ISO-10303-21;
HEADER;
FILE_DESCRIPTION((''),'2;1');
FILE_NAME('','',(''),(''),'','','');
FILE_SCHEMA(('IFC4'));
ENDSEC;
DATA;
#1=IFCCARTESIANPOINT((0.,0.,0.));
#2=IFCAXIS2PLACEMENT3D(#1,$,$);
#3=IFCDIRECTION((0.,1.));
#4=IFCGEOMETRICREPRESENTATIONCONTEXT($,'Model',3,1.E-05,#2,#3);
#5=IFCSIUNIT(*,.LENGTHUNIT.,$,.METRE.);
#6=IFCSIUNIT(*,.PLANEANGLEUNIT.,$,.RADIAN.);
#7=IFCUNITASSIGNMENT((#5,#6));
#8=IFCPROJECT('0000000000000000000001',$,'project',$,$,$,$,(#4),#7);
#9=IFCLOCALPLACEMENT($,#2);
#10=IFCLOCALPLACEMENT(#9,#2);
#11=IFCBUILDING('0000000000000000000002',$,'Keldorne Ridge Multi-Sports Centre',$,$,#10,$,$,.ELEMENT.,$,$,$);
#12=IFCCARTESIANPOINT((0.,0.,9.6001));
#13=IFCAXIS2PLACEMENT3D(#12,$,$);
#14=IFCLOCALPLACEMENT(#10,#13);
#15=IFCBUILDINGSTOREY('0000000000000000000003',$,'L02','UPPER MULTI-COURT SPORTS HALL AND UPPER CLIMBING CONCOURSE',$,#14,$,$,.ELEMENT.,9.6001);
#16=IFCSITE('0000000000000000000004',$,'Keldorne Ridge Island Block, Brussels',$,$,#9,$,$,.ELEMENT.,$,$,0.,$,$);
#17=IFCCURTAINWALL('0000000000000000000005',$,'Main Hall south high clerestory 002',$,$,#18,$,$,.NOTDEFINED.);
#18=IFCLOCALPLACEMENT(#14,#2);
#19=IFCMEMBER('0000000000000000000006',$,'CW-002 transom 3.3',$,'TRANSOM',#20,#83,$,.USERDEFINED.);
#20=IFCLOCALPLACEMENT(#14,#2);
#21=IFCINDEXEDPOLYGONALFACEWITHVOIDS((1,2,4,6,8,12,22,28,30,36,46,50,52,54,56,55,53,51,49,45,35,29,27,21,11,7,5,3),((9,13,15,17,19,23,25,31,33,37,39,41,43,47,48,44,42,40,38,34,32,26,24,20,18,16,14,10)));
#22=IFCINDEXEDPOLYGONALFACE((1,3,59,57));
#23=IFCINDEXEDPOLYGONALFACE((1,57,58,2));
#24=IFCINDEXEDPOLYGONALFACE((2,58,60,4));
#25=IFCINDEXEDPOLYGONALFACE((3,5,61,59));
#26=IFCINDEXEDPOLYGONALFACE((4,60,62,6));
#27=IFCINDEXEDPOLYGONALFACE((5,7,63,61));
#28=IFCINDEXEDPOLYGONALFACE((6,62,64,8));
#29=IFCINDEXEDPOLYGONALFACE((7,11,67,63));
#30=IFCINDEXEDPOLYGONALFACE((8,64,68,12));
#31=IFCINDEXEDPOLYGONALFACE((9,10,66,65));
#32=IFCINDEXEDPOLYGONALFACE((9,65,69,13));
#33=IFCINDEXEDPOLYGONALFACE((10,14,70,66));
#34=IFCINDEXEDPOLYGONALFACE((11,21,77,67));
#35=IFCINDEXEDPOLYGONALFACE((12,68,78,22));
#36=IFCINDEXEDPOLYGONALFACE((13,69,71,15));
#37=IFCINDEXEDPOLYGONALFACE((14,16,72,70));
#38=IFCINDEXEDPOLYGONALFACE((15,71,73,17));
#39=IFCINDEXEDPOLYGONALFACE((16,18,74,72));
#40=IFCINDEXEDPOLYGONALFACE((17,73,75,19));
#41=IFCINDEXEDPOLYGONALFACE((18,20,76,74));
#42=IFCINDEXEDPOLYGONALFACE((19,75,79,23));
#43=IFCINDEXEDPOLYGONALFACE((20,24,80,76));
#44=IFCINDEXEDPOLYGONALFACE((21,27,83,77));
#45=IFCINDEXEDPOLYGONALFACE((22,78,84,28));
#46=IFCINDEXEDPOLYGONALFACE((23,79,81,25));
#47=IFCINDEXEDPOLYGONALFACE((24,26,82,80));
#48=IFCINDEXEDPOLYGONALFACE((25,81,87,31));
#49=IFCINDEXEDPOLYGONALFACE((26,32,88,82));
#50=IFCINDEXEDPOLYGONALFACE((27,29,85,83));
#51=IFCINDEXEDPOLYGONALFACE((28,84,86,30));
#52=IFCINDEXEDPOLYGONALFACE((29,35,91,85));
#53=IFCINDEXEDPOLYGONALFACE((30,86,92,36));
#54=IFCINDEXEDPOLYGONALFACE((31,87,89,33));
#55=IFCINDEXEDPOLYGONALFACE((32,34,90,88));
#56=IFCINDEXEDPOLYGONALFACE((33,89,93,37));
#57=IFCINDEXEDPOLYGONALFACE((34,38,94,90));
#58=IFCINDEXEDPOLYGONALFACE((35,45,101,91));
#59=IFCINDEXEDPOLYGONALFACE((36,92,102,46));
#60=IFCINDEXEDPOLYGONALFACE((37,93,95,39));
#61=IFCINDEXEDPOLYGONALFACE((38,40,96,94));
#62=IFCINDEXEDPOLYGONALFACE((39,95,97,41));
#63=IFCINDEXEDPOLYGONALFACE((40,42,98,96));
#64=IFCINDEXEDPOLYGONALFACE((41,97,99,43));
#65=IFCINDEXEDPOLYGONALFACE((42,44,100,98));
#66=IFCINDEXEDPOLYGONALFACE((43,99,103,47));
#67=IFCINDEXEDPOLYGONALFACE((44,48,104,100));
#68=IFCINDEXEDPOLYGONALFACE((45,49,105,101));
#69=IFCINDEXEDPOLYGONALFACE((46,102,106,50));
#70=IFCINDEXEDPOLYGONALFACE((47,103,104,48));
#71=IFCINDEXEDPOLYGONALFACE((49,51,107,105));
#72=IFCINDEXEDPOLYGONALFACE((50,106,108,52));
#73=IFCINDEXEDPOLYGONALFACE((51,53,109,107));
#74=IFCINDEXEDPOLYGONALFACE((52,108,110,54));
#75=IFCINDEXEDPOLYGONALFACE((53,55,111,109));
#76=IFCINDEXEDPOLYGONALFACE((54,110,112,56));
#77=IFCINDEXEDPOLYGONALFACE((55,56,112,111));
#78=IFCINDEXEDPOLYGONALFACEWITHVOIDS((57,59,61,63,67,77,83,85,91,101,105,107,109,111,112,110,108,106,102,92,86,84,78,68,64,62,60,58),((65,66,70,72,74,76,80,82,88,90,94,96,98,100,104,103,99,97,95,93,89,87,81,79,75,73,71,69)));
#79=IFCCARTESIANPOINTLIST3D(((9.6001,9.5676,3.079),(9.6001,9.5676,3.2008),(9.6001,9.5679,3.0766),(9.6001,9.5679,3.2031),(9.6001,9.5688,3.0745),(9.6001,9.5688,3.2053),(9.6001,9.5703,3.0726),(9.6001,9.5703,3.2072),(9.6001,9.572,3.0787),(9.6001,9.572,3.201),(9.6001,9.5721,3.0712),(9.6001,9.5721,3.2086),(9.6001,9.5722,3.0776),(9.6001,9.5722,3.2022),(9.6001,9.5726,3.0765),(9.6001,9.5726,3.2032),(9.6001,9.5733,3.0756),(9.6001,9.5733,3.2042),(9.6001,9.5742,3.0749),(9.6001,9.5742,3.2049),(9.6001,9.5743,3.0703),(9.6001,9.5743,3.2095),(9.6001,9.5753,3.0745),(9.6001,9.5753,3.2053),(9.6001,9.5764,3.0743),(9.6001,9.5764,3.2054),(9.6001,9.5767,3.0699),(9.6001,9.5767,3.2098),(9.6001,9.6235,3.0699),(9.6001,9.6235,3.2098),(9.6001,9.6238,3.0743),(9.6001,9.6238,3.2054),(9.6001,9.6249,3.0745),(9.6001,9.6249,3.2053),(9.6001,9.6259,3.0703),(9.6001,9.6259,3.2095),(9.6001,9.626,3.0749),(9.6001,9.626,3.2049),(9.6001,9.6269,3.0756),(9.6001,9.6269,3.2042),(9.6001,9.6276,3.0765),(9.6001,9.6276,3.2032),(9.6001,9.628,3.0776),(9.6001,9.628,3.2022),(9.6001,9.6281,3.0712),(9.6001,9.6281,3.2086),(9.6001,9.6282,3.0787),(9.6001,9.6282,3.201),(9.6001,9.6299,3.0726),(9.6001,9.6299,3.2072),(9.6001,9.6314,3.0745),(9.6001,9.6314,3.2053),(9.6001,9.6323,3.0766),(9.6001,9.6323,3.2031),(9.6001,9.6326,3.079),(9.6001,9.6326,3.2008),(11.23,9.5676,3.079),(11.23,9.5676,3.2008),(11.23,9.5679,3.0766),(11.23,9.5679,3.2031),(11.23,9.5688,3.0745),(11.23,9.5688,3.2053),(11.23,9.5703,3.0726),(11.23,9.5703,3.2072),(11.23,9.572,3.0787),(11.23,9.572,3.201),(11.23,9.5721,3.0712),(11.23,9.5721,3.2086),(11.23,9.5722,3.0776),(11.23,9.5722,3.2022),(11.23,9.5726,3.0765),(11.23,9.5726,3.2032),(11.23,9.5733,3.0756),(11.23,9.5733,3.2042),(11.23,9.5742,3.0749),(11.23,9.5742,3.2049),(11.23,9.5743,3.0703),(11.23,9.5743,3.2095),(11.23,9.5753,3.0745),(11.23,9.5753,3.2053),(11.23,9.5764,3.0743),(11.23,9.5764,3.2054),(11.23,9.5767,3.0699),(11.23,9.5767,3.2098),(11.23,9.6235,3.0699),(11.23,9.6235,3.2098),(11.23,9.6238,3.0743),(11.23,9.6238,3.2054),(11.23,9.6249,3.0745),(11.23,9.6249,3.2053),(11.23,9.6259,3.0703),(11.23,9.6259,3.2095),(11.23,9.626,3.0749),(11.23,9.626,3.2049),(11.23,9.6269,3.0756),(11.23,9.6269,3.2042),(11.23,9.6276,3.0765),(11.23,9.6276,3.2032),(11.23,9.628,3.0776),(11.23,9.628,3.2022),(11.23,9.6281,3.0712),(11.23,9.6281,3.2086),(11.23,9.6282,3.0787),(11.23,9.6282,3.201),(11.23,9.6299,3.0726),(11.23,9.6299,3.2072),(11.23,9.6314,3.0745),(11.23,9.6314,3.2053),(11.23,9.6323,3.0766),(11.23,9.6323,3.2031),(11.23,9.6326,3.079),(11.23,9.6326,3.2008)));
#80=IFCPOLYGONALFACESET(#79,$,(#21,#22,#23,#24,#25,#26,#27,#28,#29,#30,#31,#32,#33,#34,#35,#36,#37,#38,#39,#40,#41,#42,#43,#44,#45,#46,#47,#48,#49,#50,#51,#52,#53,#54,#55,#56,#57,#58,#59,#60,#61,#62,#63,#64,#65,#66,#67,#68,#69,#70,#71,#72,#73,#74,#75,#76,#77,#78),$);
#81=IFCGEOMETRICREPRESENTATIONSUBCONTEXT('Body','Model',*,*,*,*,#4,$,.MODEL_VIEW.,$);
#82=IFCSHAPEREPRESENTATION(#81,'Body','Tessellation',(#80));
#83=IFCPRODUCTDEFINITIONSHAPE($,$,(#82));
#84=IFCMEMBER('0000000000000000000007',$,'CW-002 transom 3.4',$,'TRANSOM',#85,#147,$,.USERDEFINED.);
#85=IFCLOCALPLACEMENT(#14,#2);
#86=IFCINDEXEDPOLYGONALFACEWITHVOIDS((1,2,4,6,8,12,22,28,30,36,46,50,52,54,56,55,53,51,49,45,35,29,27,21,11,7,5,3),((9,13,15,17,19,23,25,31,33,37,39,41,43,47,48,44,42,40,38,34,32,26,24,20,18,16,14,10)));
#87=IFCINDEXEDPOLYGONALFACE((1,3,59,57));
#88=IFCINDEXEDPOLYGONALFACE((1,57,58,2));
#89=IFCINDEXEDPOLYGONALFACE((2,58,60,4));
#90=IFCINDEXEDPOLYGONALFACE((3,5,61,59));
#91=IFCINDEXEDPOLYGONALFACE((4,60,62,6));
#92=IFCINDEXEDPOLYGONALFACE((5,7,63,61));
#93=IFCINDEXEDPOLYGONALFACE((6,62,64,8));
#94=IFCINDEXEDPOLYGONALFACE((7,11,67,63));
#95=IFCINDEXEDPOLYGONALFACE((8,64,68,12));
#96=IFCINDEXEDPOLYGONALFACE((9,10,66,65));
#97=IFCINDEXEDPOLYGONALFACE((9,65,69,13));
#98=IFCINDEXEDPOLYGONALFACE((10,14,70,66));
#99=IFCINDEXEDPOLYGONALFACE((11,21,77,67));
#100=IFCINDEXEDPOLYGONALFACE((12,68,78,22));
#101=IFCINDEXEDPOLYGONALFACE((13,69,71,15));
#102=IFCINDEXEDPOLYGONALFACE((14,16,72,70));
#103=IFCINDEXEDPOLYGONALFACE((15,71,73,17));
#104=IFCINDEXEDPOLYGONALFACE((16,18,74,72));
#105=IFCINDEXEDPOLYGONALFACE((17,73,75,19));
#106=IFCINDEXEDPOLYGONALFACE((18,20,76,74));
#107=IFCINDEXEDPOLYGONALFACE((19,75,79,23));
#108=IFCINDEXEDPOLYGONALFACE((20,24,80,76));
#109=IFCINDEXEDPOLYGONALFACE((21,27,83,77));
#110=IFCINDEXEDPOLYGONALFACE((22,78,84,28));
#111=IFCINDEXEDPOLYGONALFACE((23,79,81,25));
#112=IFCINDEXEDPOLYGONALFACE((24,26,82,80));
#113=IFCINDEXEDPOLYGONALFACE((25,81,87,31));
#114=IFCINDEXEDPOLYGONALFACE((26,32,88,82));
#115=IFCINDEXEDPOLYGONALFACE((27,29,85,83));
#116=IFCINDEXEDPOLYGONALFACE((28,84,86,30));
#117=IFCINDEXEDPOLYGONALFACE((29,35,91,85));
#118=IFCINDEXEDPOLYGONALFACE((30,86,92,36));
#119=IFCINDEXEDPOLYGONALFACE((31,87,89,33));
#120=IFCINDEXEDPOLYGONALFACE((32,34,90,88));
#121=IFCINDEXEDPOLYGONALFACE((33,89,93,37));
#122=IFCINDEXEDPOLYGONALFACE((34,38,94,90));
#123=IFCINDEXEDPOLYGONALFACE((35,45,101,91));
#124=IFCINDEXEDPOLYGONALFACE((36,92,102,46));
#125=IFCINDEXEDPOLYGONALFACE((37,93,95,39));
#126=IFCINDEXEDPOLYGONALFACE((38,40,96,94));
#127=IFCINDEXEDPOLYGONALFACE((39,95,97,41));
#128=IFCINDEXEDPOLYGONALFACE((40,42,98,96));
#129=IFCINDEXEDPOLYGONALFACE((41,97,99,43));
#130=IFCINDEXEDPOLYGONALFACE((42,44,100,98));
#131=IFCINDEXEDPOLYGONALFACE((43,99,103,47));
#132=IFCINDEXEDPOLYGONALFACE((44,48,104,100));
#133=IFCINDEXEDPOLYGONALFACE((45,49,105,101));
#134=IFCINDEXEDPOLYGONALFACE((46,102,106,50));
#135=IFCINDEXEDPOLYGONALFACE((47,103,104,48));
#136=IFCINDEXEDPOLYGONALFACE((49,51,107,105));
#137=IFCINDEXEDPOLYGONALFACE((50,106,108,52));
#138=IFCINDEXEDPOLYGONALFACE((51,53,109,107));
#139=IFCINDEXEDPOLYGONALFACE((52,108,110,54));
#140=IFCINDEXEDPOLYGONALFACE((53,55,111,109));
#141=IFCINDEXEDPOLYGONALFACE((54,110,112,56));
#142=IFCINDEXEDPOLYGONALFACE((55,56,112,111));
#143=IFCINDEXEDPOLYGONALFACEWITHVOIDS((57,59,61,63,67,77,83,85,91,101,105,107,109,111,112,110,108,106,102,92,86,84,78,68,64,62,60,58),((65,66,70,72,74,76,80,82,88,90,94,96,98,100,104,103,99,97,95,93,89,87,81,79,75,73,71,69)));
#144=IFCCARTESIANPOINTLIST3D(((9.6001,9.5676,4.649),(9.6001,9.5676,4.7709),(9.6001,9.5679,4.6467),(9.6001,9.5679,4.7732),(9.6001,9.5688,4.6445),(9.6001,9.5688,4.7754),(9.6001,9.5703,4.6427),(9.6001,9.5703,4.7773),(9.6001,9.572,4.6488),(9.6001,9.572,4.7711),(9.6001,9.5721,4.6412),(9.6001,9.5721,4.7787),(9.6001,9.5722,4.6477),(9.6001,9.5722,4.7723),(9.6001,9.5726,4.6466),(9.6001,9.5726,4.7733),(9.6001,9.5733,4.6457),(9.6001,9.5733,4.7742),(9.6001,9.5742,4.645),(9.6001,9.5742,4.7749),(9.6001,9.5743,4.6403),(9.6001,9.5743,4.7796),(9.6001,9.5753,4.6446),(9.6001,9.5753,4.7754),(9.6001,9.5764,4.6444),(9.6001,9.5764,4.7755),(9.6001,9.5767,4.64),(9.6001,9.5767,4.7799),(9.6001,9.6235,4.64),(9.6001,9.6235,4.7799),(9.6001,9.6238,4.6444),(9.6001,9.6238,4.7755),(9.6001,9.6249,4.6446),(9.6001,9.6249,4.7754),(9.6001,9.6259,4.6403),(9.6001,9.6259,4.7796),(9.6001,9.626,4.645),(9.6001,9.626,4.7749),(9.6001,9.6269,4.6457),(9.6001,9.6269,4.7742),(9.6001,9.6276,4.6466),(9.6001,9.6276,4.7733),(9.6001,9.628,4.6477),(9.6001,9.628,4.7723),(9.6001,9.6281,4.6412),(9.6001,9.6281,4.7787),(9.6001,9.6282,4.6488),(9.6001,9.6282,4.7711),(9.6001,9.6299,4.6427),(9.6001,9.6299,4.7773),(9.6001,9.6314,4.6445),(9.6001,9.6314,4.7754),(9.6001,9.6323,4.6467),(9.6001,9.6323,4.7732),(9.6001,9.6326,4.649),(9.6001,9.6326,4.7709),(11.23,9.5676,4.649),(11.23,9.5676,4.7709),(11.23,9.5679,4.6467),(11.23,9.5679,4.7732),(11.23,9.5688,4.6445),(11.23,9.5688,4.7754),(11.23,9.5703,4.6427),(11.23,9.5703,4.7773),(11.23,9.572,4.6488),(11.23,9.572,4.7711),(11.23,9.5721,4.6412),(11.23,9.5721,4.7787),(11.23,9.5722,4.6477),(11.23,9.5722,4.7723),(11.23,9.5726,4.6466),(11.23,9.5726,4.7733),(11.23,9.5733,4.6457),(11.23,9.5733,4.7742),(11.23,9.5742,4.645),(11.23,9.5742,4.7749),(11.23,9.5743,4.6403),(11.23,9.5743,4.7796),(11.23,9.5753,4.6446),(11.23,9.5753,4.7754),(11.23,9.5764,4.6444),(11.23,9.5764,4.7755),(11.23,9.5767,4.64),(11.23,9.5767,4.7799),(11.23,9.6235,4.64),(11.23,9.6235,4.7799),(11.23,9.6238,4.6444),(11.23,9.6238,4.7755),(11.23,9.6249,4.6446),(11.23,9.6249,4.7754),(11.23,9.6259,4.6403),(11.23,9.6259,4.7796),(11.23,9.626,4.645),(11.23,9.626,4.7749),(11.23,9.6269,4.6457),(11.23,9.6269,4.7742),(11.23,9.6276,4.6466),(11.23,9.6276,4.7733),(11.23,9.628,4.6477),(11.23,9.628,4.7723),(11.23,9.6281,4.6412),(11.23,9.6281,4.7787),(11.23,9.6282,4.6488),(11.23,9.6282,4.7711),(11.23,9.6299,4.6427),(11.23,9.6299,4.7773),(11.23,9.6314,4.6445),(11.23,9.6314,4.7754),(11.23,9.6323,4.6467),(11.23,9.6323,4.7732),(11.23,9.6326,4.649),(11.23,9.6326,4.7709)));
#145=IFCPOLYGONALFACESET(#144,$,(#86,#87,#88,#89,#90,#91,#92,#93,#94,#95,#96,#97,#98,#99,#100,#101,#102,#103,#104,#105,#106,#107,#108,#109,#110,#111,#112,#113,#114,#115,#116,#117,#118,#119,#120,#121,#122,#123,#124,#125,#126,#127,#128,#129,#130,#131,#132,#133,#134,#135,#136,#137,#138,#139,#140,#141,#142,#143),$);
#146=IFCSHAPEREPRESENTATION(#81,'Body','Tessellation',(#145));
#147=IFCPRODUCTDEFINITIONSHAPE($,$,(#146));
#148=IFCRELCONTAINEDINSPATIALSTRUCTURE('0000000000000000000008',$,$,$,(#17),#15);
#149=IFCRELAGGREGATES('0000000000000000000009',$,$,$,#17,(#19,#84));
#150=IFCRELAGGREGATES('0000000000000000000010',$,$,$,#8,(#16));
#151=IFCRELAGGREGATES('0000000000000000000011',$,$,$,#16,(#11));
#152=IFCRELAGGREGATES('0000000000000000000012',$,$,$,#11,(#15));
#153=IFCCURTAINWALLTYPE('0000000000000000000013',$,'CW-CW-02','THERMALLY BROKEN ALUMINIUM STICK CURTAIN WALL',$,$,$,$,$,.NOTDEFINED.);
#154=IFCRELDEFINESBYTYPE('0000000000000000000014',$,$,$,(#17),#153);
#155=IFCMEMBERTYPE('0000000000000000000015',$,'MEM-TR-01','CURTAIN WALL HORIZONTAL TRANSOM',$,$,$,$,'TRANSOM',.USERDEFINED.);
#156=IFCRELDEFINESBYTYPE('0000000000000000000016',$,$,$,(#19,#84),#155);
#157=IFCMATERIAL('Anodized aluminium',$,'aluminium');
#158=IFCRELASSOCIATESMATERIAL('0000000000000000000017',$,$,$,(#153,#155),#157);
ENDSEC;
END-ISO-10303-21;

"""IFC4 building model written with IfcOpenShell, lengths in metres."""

from ifc_helpers import new_model, si_unit, direction, frame, origin, origin_2d, place, context, subcontext, project, spatial, hollow_rectangle, extrude, material, material_profile, profile_set, type_object, element, aggregate, save


model = new_model("IFC4")

# Units and contexts
model_context = context("Model", 3, precision=1e-05, world=origin(), true_north=direction((0.0, 1.0)))
body_context = subcontext(model_context, "Body", "Model", "MODEL_VIEW")
ifc_project = project(units=[si_unit("LENGTHUNIT", "METRE"), si_unit("PLANEANGLEUNIT", "RADIAN")], contexts=[model_context])

# Site, building, storey
site_placement = place(None, origin())
site = spatial("IfcSite", under=ifc_project, at=site_placement, Name="Keldorne Ridge Island Block, Brussels", CompositionType="ELEMENT", RefElevation=0.0)
building_placement = place(site_placement, origin())
building = spatial("IfcBuilding", under=site, at=building_placement, Name="Keldorne Ridge Multi-Sports Centre", CompositionType="ELEMENT")
storey_placement = place(building_placement, frame((0.0, 0.0, 9.6001)))
storey = spatial("IfcBuildingStorey", under=building, at=storey_placement, Name="L02", Description="UPPER MULTI-COURT SPORTS HALL AND UPPER CLIMBING CONCOURSE", CompositionType="ELEMENT", Elevation=9.6001)

# Curtain wall, members
ifc_material_1 = material(Name="Anodized aluminium", Category="aluminium")
curtain_wall_type_1 = type_object("IfcCurtainWallType", Name="CW-CW-02", Description="THERMALLY BROKEN ALUMINIUM STICK CURTAIN WALL", PredefinedType="NOTDEFINED", material=ifc_material_1)
curtain_wall_1_placement = place(storey_placement, origin())
curtain_wall_1 = element("IfcCurtainWall", 1, at=curtain_wall_1_placement, inside=storey, type_object=curtain_wall_type_1, Name="Main Hall south high clerestory 002", PredefinedType="NOTDEFINED")
ifc_material_profile_1 = material_profile(ifc_material_1, hollow_rectangle(XDim=0.0649, YDim=0.1399, WallThickness=0.0044, InnerFilletRadius=0.0044, OuterFilletRadius=0.009, at=origin_2d()), Name="ALU TRANSOM 140x65x4.5")
ifc_profile_set_1 = profile_set([ifc_material_profile_1], Name="Anodized aluminium")
member_type_1 = type_object("IfcMemberType", Name="MEM-TR-01", Description="CURTAIN WALL HORIZONTAL TRANSOM", ElementType="TRANSOM", PredefinedType="USERDEFINED", material=ifc_profile_set_1)
member_1_placement = place(storey_placement, frame((9.6001, 9.6001, 3.1399), z_axis=(1.0, 0.0, 0.0), x_axis=(0.0, 1.0, 0.0)))
member_1 = element("IfcMember", 2, at=member_1_placement, type_object=member_type_1, Name="CW-002 transom 3.3", ObjectType="TRANSOM", PredefinedType="USERDEFINED", context=body_context, shape_type="SweptSolid", body=[
    extrude(hollow_rectangle(XDim=0.0649, YDim=0.1399, WallThickness=0.0044, InnerFilletRadius=0.0044, OuterFilletRadius=0.009, at=origin_2d()), origin(), (0.0, 0.0, 1.0), 1.6299),
])
member_2_placement = place(storey_placement, frame((9.6001, 9.6001, 4.71), z_axis=(1.0, 0.0, 0.0), x_axis=(0.0, 1.0, 0.0)))
member_2 = element("IfcMember", 3, at=member_2_placement, type_object=member_type_1, Name="CW-002 transom 3.4", ObjectType="TRANSOM", PredefinedType="USERDEFINED", context=body_context, shape_type="SweptSolid", body=[
    extrude(hollow_rectangle(XDim=0.0649, YDim=0.1399, WallThickness=0.0044, InnerFilletRadius=0.0044, OuterFilletRadius=0.009, at=origin_2d()), origin(), (0.0, 0.0, 1.0), 1.6299),
])

aggregate(curtain_wall_1, [member_1, member_2])

save(model, "model.ifc")
